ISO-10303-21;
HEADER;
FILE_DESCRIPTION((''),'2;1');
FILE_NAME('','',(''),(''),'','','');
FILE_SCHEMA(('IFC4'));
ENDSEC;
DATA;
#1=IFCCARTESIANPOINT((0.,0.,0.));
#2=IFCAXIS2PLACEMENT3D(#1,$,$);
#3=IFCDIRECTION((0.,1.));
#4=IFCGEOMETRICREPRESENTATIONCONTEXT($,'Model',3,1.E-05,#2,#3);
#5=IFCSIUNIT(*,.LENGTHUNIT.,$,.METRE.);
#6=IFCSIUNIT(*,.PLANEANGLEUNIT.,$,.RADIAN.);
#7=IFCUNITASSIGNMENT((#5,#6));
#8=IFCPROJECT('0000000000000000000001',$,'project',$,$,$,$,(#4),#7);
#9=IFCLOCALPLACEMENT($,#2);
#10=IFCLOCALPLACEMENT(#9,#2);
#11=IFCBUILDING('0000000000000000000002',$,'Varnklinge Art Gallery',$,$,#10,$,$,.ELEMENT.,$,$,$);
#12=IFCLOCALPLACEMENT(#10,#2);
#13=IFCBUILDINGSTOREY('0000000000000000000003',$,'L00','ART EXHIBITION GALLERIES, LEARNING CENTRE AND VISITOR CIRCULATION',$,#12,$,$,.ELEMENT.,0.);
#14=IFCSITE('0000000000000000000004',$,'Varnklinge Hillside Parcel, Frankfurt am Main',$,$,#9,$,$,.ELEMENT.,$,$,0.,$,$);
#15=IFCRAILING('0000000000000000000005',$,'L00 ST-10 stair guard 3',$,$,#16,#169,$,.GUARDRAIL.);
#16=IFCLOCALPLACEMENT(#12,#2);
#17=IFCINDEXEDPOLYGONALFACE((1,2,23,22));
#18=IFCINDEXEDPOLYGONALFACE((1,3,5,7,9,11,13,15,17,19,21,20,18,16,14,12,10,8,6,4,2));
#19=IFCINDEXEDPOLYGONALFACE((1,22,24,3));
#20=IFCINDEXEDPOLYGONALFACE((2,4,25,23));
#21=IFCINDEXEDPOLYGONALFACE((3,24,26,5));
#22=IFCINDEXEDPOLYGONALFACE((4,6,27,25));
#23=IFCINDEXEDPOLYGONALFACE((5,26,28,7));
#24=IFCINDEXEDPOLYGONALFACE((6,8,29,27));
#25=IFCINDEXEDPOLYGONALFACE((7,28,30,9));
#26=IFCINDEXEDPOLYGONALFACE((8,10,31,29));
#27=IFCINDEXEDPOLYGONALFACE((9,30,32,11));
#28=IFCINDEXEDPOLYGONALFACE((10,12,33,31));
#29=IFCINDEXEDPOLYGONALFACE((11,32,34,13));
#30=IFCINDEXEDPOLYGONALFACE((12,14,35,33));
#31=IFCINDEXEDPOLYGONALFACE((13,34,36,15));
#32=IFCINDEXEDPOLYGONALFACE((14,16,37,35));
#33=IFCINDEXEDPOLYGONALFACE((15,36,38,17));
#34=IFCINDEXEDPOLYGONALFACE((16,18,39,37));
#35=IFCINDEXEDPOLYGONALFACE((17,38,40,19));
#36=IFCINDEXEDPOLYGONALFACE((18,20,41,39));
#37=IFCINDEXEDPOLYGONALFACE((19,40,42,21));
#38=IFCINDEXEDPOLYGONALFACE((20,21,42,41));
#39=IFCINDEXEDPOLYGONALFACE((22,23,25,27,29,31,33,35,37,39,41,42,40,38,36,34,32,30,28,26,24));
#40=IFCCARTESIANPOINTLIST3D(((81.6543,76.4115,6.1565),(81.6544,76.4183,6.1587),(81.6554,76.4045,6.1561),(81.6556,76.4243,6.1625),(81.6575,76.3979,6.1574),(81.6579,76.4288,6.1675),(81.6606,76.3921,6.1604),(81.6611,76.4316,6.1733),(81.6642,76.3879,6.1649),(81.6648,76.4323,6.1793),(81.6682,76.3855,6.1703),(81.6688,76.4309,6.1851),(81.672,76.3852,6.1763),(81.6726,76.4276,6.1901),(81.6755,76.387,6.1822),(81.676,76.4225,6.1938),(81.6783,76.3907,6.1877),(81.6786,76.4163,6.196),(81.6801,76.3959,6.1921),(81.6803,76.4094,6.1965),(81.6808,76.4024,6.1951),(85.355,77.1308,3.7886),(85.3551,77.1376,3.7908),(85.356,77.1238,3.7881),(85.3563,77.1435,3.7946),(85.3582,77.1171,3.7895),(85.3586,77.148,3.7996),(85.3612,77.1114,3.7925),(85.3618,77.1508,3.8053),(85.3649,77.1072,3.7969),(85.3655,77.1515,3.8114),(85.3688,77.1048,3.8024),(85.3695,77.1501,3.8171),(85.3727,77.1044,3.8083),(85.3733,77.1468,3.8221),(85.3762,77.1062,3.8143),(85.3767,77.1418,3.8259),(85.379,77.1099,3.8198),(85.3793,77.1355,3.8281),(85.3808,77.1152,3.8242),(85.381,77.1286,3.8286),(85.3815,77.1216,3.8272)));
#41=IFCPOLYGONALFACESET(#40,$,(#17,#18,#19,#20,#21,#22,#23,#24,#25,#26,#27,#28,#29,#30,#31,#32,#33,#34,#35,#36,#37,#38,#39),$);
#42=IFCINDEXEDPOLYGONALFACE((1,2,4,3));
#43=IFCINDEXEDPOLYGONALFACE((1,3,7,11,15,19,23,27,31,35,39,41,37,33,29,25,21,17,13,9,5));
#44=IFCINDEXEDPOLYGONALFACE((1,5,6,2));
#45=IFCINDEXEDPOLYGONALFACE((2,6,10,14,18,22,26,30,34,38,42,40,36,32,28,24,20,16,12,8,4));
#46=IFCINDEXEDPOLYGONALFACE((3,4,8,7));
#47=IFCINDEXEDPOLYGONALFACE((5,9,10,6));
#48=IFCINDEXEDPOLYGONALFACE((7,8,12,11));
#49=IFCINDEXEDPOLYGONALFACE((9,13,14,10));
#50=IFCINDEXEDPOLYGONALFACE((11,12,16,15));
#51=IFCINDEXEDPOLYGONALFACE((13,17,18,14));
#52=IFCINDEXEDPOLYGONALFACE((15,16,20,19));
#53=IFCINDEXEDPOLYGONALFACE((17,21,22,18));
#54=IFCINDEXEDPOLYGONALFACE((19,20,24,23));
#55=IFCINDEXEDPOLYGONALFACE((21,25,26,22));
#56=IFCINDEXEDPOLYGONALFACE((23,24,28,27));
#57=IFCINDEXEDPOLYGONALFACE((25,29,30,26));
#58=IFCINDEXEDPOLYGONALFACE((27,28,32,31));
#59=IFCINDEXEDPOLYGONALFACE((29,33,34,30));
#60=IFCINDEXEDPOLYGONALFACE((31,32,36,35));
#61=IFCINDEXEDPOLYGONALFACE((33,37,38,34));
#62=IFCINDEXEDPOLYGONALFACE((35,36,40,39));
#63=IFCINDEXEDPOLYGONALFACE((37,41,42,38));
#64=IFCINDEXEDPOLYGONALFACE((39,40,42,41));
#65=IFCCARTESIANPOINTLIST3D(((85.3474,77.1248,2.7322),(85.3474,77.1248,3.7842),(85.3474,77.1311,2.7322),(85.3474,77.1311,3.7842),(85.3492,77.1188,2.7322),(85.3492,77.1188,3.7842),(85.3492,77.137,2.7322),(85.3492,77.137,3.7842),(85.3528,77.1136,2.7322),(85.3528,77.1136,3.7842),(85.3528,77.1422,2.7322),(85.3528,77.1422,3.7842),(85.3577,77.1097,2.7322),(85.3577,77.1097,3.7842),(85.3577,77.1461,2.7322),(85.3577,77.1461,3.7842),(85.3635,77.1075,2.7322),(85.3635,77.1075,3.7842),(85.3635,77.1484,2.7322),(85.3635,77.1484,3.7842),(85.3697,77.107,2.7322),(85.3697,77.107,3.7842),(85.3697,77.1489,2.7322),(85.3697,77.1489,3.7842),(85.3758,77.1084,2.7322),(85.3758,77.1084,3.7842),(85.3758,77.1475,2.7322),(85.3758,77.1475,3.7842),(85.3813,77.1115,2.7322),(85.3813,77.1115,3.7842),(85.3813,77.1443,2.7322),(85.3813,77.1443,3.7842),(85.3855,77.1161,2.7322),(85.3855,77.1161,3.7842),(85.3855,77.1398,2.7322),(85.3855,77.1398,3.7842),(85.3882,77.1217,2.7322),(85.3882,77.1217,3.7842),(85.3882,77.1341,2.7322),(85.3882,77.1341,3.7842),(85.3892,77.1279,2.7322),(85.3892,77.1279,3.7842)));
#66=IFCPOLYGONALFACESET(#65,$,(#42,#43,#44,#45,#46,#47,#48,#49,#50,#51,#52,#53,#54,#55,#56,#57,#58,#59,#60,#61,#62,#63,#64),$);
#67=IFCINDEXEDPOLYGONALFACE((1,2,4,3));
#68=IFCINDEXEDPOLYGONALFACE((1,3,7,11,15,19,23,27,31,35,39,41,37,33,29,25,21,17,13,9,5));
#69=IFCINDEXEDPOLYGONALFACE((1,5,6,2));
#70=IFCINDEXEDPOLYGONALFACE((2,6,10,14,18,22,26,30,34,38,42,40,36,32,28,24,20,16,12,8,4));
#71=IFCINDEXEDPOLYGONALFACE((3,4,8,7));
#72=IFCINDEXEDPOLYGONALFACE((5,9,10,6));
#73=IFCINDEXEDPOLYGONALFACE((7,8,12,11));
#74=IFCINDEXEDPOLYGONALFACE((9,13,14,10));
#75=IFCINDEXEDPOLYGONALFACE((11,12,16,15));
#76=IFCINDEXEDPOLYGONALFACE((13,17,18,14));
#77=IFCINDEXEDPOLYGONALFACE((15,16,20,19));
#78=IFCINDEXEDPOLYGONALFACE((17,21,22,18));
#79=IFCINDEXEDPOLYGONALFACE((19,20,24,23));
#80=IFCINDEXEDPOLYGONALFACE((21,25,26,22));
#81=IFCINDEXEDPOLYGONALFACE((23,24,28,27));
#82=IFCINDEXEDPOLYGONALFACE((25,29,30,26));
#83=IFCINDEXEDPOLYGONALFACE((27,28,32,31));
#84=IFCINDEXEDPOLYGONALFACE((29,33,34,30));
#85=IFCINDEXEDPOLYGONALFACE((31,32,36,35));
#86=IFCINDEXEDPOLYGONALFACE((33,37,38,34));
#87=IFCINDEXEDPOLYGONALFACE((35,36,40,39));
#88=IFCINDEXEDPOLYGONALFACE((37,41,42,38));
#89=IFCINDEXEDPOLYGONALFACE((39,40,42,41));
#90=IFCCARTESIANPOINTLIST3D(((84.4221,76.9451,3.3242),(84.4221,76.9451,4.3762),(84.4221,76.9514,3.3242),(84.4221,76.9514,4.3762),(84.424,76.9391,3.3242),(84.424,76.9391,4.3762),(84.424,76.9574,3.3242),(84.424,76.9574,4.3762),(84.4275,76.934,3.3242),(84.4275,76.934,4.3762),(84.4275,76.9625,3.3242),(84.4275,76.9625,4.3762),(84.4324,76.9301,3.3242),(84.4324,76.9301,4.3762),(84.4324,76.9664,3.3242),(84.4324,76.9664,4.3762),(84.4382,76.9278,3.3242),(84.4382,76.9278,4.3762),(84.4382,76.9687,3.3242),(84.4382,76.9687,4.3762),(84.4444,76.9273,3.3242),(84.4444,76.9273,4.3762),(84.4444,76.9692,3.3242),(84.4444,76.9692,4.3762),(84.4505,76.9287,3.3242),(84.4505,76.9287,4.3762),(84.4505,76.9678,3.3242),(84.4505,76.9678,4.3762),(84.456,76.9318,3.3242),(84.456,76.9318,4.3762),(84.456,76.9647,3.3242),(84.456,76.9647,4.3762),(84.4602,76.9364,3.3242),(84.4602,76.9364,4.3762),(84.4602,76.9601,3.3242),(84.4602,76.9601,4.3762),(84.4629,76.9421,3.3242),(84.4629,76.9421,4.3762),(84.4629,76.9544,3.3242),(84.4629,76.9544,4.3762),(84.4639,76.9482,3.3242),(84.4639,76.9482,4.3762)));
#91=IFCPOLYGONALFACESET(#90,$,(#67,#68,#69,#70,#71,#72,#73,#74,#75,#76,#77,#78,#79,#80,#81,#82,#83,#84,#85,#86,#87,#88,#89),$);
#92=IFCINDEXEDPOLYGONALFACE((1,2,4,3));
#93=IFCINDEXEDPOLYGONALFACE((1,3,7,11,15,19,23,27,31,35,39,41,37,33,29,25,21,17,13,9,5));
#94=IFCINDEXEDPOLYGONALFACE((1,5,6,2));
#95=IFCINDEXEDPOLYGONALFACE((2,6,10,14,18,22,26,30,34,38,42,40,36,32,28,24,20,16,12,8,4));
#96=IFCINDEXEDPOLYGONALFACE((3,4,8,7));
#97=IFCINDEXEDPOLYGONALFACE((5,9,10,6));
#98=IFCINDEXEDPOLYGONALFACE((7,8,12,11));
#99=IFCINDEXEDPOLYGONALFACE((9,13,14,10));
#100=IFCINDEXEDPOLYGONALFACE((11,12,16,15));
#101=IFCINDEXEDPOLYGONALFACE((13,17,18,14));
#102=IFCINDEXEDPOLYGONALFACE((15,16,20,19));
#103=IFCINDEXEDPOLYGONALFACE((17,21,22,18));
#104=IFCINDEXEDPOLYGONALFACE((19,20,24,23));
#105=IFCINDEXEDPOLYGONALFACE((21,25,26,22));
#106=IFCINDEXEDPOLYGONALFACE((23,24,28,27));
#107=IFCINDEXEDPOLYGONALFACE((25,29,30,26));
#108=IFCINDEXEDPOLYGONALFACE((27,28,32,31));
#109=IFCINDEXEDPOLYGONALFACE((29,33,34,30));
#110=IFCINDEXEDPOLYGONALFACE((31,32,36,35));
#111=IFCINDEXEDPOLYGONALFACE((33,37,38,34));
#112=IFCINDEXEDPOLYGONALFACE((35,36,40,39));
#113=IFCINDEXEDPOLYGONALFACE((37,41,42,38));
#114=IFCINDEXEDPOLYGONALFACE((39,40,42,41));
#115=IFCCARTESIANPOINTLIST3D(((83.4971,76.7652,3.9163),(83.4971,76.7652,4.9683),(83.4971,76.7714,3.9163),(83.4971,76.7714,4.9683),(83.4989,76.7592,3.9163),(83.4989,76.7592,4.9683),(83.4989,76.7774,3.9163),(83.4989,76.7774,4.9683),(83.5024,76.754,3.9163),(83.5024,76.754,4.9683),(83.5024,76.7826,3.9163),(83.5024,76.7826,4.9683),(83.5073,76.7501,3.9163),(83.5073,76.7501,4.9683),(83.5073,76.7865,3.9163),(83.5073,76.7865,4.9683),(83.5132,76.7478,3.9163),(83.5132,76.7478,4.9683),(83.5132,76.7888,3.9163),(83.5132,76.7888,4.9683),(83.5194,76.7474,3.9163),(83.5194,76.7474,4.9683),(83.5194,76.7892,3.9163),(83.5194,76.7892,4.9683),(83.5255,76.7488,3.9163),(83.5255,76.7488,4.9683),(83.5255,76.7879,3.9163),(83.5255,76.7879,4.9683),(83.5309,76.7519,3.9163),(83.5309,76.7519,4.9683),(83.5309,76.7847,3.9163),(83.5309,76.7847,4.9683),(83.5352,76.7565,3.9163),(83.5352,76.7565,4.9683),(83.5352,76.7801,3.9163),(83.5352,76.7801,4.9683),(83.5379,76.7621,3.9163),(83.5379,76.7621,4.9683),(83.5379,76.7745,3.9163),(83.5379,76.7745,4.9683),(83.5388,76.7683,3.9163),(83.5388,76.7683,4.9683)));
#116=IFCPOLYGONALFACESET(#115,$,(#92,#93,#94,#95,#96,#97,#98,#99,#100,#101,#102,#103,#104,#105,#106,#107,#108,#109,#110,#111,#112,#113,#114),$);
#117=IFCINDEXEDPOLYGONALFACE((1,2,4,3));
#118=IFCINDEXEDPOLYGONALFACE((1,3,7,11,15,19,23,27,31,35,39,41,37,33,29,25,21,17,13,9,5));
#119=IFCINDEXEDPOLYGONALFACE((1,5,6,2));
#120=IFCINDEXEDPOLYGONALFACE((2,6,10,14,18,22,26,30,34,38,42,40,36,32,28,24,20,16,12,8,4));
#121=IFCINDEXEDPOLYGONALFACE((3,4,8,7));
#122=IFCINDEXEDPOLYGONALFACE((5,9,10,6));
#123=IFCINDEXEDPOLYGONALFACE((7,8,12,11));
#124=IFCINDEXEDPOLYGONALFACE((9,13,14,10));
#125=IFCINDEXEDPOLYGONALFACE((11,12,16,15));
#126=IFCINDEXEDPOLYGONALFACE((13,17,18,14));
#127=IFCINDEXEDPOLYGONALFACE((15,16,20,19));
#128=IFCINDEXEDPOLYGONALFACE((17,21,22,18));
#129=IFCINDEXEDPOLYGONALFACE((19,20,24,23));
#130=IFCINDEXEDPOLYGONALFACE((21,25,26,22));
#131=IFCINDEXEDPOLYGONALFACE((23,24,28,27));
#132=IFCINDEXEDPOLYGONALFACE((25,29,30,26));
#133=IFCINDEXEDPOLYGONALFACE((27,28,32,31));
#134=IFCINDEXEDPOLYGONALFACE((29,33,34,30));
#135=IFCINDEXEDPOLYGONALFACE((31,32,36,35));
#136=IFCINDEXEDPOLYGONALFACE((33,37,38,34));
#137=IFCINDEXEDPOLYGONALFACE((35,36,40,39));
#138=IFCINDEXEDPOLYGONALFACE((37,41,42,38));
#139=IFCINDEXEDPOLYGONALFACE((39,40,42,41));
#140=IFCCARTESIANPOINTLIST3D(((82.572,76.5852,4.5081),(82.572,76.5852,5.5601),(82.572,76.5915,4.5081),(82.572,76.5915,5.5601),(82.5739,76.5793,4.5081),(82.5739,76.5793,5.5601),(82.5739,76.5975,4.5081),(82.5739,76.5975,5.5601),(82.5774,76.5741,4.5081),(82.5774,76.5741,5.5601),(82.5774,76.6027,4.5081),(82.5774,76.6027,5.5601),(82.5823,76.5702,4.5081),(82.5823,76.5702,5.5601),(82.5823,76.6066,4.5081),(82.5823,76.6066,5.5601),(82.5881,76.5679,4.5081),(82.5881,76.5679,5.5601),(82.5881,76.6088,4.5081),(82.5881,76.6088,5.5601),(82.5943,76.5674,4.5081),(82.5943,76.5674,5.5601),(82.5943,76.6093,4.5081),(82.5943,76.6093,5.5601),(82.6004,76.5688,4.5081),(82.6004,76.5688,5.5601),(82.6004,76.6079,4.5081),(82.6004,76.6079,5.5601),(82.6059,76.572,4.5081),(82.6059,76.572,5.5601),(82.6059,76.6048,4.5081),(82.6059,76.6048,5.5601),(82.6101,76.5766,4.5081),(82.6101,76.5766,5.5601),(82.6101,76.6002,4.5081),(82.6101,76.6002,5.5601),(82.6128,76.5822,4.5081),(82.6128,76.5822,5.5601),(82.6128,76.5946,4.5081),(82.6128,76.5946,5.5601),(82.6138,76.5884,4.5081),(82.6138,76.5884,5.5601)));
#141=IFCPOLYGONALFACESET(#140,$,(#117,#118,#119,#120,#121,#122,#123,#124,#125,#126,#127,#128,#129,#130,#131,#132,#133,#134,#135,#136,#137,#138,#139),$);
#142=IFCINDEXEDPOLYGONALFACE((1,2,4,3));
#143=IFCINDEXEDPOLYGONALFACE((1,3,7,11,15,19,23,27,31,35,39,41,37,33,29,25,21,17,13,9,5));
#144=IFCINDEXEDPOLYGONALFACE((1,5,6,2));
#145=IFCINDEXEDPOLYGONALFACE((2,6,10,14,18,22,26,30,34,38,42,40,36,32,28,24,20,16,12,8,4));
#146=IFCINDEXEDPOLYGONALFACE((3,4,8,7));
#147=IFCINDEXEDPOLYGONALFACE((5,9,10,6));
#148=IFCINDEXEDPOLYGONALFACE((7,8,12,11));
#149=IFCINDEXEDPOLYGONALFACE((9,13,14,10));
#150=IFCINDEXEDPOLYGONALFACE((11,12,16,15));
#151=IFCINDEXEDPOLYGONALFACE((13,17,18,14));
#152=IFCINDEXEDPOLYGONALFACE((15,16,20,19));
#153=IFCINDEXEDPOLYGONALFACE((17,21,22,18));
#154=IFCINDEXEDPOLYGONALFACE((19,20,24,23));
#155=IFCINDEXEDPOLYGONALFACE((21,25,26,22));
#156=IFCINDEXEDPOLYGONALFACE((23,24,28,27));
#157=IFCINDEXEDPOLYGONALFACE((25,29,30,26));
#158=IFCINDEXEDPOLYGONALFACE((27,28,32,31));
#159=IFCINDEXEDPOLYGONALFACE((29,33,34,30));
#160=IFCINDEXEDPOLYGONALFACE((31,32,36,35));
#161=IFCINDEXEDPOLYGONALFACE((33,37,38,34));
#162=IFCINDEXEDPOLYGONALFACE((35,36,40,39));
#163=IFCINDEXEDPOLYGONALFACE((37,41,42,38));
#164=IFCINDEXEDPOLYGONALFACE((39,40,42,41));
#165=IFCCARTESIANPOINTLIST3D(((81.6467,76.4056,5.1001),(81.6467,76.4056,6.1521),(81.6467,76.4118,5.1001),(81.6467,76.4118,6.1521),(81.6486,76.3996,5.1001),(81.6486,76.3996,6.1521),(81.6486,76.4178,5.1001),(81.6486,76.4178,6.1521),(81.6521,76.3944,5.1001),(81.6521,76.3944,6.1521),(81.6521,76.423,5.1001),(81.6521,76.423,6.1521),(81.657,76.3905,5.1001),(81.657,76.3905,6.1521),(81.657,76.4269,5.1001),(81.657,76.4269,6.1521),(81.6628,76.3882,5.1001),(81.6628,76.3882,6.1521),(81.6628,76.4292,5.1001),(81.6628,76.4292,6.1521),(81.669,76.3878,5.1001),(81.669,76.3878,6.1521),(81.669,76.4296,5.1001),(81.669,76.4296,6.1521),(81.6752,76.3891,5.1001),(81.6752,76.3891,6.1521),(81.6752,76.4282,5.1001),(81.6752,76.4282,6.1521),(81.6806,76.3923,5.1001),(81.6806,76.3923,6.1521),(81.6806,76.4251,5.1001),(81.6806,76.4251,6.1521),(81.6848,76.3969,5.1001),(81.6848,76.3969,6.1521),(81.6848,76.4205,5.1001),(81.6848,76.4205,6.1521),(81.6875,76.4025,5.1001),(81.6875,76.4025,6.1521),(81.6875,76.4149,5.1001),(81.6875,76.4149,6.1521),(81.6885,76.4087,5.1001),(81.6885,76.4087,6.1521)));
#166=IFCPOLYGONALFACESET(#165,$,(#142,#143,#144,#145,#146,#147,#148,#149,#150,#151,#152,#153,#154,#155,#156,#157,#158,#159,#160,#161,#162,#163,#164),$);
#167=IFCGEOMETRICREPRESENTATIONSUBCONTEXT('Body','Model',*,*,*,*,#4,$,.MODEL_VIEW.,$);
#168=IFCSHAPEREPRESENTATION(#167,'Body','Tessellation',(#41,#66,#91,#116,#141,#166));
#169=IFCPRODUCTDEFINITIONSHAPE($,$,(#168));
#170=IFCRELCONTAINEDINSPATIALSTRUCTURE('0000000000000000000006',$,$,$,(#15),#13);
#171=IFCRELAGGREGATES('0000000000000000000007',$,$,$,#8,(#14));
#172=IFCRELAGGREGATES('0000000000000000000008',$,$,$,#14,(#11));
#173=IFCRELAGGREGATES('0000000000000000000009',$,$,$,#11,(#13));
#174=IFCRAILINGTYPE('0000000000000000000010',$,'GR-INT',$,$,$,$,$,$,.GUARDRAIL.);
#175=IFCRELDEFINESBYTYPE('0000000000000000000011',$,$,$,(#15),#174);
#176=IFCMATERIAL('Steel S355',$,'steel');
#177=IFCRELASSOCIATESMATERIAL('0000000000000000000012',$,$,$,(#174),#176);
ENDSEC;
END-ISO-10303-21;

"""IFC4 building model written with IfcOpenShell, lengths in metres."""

from ifc_helpers import new_model, si_unit, direction, frame, origin, origin_2d, place, context, subcontext, project, spatial, circle, extrude, material, type_object, element, save


model = new_model("IFC4")

# Units and contexts
model_context = context("Model", 3, precision=1e-05, world=origin(), true_north=direction((0.0, 1.0)))
body_context = subcontext(model_context, "Body", "Model", "MODEL_VIEW")
ifc_project = project(units=[si_unit("LENGTHUNIT", "METRE"), si_unit("PLANEANGLEUNIT", "RADIAN")], contexts=[model_context])

# Site, building, storey
site_placement = place(None, origin())
site = spatial("IfcSite", under=ifc_project, at=site_placement, Name="Varnklinge Hillside Parcel, Frankfurt am Main", CompositionType="ELEMENT", RefElevation=0.0)
building_placement = place(site_placement, origin())
building = spatial("IfcBuilding", under=site, at=building_placement, Name="Varnklinge Art Gallery", CompositionType="ELEMENT")
storey_placement = place(building_placement, origin())
storey = spatial("IfcBuildingStorey", under=building, at=storey_placement, Name="L00", Description="ART EXHIBITION GALLERIES, LEARNING CENTRE AND VISITOR CIRCULATION", CompositionType="ELEMENT", Elevation=0.0)

# Railing
ifc_material_1 = material(Name="Steel S355", Category="steel")
railing_type_1 = type_object("IfcRailingType", Name="GR-INT", PredefinedType="GUARDRAIL", material=ifc_material_1)
railing_1_placement = place(storey_placement, frame((85.3682, 77.1279, 2.7322)))
element("IfcRailing", 1, at=railing_1_placement, inside=storey, type_object=railing_type_1, Name="L00 ST-10 stair guard 3", PredefinedType="GUARDRAIL", context=body_context, shape_type="SweptSolid", body=[
    extrude(circle(Radius=0.0239, at=origin_2d()), frame((0.0, 0.0, 1.0762), z_axis=(-0.831259, -0.161558, 0.53189), x_axis=(0.190783, -0.981632, 0.0)), (0.0, 0.0, 1.0), 4.4519),
    extrude(circle(Radius=0.021, at=origin_2d()), origin(), (0.0, 0.0, 1.0), 1.052),
    extrude(circle(Radius=0.021, at=origin_2d()), frame((-0.9253, -0.1797, 0.592)), (0.0, 0.0, 1.0), 1.052),
    extrude(circle(Radius=0.021, at=origin_2d()), frame((-1.8503, -0.3596, 1.1841)), (0.0, 0.0, 1.0), 1.052),
    extrude(circle(Radius=0.021, at=origin_2d()), frame((-2.7754, -0.5396, 1.7759)), (0.0, 0.0, 1.0), 1.052),
    extrude(circle(Radius=0.021, at=origin_2d()), frame((-3.7007, -0.7192, 2.3679)), (0.0, 0.0, 1.0), 1.052),
])

save(model, "model.ifc")
